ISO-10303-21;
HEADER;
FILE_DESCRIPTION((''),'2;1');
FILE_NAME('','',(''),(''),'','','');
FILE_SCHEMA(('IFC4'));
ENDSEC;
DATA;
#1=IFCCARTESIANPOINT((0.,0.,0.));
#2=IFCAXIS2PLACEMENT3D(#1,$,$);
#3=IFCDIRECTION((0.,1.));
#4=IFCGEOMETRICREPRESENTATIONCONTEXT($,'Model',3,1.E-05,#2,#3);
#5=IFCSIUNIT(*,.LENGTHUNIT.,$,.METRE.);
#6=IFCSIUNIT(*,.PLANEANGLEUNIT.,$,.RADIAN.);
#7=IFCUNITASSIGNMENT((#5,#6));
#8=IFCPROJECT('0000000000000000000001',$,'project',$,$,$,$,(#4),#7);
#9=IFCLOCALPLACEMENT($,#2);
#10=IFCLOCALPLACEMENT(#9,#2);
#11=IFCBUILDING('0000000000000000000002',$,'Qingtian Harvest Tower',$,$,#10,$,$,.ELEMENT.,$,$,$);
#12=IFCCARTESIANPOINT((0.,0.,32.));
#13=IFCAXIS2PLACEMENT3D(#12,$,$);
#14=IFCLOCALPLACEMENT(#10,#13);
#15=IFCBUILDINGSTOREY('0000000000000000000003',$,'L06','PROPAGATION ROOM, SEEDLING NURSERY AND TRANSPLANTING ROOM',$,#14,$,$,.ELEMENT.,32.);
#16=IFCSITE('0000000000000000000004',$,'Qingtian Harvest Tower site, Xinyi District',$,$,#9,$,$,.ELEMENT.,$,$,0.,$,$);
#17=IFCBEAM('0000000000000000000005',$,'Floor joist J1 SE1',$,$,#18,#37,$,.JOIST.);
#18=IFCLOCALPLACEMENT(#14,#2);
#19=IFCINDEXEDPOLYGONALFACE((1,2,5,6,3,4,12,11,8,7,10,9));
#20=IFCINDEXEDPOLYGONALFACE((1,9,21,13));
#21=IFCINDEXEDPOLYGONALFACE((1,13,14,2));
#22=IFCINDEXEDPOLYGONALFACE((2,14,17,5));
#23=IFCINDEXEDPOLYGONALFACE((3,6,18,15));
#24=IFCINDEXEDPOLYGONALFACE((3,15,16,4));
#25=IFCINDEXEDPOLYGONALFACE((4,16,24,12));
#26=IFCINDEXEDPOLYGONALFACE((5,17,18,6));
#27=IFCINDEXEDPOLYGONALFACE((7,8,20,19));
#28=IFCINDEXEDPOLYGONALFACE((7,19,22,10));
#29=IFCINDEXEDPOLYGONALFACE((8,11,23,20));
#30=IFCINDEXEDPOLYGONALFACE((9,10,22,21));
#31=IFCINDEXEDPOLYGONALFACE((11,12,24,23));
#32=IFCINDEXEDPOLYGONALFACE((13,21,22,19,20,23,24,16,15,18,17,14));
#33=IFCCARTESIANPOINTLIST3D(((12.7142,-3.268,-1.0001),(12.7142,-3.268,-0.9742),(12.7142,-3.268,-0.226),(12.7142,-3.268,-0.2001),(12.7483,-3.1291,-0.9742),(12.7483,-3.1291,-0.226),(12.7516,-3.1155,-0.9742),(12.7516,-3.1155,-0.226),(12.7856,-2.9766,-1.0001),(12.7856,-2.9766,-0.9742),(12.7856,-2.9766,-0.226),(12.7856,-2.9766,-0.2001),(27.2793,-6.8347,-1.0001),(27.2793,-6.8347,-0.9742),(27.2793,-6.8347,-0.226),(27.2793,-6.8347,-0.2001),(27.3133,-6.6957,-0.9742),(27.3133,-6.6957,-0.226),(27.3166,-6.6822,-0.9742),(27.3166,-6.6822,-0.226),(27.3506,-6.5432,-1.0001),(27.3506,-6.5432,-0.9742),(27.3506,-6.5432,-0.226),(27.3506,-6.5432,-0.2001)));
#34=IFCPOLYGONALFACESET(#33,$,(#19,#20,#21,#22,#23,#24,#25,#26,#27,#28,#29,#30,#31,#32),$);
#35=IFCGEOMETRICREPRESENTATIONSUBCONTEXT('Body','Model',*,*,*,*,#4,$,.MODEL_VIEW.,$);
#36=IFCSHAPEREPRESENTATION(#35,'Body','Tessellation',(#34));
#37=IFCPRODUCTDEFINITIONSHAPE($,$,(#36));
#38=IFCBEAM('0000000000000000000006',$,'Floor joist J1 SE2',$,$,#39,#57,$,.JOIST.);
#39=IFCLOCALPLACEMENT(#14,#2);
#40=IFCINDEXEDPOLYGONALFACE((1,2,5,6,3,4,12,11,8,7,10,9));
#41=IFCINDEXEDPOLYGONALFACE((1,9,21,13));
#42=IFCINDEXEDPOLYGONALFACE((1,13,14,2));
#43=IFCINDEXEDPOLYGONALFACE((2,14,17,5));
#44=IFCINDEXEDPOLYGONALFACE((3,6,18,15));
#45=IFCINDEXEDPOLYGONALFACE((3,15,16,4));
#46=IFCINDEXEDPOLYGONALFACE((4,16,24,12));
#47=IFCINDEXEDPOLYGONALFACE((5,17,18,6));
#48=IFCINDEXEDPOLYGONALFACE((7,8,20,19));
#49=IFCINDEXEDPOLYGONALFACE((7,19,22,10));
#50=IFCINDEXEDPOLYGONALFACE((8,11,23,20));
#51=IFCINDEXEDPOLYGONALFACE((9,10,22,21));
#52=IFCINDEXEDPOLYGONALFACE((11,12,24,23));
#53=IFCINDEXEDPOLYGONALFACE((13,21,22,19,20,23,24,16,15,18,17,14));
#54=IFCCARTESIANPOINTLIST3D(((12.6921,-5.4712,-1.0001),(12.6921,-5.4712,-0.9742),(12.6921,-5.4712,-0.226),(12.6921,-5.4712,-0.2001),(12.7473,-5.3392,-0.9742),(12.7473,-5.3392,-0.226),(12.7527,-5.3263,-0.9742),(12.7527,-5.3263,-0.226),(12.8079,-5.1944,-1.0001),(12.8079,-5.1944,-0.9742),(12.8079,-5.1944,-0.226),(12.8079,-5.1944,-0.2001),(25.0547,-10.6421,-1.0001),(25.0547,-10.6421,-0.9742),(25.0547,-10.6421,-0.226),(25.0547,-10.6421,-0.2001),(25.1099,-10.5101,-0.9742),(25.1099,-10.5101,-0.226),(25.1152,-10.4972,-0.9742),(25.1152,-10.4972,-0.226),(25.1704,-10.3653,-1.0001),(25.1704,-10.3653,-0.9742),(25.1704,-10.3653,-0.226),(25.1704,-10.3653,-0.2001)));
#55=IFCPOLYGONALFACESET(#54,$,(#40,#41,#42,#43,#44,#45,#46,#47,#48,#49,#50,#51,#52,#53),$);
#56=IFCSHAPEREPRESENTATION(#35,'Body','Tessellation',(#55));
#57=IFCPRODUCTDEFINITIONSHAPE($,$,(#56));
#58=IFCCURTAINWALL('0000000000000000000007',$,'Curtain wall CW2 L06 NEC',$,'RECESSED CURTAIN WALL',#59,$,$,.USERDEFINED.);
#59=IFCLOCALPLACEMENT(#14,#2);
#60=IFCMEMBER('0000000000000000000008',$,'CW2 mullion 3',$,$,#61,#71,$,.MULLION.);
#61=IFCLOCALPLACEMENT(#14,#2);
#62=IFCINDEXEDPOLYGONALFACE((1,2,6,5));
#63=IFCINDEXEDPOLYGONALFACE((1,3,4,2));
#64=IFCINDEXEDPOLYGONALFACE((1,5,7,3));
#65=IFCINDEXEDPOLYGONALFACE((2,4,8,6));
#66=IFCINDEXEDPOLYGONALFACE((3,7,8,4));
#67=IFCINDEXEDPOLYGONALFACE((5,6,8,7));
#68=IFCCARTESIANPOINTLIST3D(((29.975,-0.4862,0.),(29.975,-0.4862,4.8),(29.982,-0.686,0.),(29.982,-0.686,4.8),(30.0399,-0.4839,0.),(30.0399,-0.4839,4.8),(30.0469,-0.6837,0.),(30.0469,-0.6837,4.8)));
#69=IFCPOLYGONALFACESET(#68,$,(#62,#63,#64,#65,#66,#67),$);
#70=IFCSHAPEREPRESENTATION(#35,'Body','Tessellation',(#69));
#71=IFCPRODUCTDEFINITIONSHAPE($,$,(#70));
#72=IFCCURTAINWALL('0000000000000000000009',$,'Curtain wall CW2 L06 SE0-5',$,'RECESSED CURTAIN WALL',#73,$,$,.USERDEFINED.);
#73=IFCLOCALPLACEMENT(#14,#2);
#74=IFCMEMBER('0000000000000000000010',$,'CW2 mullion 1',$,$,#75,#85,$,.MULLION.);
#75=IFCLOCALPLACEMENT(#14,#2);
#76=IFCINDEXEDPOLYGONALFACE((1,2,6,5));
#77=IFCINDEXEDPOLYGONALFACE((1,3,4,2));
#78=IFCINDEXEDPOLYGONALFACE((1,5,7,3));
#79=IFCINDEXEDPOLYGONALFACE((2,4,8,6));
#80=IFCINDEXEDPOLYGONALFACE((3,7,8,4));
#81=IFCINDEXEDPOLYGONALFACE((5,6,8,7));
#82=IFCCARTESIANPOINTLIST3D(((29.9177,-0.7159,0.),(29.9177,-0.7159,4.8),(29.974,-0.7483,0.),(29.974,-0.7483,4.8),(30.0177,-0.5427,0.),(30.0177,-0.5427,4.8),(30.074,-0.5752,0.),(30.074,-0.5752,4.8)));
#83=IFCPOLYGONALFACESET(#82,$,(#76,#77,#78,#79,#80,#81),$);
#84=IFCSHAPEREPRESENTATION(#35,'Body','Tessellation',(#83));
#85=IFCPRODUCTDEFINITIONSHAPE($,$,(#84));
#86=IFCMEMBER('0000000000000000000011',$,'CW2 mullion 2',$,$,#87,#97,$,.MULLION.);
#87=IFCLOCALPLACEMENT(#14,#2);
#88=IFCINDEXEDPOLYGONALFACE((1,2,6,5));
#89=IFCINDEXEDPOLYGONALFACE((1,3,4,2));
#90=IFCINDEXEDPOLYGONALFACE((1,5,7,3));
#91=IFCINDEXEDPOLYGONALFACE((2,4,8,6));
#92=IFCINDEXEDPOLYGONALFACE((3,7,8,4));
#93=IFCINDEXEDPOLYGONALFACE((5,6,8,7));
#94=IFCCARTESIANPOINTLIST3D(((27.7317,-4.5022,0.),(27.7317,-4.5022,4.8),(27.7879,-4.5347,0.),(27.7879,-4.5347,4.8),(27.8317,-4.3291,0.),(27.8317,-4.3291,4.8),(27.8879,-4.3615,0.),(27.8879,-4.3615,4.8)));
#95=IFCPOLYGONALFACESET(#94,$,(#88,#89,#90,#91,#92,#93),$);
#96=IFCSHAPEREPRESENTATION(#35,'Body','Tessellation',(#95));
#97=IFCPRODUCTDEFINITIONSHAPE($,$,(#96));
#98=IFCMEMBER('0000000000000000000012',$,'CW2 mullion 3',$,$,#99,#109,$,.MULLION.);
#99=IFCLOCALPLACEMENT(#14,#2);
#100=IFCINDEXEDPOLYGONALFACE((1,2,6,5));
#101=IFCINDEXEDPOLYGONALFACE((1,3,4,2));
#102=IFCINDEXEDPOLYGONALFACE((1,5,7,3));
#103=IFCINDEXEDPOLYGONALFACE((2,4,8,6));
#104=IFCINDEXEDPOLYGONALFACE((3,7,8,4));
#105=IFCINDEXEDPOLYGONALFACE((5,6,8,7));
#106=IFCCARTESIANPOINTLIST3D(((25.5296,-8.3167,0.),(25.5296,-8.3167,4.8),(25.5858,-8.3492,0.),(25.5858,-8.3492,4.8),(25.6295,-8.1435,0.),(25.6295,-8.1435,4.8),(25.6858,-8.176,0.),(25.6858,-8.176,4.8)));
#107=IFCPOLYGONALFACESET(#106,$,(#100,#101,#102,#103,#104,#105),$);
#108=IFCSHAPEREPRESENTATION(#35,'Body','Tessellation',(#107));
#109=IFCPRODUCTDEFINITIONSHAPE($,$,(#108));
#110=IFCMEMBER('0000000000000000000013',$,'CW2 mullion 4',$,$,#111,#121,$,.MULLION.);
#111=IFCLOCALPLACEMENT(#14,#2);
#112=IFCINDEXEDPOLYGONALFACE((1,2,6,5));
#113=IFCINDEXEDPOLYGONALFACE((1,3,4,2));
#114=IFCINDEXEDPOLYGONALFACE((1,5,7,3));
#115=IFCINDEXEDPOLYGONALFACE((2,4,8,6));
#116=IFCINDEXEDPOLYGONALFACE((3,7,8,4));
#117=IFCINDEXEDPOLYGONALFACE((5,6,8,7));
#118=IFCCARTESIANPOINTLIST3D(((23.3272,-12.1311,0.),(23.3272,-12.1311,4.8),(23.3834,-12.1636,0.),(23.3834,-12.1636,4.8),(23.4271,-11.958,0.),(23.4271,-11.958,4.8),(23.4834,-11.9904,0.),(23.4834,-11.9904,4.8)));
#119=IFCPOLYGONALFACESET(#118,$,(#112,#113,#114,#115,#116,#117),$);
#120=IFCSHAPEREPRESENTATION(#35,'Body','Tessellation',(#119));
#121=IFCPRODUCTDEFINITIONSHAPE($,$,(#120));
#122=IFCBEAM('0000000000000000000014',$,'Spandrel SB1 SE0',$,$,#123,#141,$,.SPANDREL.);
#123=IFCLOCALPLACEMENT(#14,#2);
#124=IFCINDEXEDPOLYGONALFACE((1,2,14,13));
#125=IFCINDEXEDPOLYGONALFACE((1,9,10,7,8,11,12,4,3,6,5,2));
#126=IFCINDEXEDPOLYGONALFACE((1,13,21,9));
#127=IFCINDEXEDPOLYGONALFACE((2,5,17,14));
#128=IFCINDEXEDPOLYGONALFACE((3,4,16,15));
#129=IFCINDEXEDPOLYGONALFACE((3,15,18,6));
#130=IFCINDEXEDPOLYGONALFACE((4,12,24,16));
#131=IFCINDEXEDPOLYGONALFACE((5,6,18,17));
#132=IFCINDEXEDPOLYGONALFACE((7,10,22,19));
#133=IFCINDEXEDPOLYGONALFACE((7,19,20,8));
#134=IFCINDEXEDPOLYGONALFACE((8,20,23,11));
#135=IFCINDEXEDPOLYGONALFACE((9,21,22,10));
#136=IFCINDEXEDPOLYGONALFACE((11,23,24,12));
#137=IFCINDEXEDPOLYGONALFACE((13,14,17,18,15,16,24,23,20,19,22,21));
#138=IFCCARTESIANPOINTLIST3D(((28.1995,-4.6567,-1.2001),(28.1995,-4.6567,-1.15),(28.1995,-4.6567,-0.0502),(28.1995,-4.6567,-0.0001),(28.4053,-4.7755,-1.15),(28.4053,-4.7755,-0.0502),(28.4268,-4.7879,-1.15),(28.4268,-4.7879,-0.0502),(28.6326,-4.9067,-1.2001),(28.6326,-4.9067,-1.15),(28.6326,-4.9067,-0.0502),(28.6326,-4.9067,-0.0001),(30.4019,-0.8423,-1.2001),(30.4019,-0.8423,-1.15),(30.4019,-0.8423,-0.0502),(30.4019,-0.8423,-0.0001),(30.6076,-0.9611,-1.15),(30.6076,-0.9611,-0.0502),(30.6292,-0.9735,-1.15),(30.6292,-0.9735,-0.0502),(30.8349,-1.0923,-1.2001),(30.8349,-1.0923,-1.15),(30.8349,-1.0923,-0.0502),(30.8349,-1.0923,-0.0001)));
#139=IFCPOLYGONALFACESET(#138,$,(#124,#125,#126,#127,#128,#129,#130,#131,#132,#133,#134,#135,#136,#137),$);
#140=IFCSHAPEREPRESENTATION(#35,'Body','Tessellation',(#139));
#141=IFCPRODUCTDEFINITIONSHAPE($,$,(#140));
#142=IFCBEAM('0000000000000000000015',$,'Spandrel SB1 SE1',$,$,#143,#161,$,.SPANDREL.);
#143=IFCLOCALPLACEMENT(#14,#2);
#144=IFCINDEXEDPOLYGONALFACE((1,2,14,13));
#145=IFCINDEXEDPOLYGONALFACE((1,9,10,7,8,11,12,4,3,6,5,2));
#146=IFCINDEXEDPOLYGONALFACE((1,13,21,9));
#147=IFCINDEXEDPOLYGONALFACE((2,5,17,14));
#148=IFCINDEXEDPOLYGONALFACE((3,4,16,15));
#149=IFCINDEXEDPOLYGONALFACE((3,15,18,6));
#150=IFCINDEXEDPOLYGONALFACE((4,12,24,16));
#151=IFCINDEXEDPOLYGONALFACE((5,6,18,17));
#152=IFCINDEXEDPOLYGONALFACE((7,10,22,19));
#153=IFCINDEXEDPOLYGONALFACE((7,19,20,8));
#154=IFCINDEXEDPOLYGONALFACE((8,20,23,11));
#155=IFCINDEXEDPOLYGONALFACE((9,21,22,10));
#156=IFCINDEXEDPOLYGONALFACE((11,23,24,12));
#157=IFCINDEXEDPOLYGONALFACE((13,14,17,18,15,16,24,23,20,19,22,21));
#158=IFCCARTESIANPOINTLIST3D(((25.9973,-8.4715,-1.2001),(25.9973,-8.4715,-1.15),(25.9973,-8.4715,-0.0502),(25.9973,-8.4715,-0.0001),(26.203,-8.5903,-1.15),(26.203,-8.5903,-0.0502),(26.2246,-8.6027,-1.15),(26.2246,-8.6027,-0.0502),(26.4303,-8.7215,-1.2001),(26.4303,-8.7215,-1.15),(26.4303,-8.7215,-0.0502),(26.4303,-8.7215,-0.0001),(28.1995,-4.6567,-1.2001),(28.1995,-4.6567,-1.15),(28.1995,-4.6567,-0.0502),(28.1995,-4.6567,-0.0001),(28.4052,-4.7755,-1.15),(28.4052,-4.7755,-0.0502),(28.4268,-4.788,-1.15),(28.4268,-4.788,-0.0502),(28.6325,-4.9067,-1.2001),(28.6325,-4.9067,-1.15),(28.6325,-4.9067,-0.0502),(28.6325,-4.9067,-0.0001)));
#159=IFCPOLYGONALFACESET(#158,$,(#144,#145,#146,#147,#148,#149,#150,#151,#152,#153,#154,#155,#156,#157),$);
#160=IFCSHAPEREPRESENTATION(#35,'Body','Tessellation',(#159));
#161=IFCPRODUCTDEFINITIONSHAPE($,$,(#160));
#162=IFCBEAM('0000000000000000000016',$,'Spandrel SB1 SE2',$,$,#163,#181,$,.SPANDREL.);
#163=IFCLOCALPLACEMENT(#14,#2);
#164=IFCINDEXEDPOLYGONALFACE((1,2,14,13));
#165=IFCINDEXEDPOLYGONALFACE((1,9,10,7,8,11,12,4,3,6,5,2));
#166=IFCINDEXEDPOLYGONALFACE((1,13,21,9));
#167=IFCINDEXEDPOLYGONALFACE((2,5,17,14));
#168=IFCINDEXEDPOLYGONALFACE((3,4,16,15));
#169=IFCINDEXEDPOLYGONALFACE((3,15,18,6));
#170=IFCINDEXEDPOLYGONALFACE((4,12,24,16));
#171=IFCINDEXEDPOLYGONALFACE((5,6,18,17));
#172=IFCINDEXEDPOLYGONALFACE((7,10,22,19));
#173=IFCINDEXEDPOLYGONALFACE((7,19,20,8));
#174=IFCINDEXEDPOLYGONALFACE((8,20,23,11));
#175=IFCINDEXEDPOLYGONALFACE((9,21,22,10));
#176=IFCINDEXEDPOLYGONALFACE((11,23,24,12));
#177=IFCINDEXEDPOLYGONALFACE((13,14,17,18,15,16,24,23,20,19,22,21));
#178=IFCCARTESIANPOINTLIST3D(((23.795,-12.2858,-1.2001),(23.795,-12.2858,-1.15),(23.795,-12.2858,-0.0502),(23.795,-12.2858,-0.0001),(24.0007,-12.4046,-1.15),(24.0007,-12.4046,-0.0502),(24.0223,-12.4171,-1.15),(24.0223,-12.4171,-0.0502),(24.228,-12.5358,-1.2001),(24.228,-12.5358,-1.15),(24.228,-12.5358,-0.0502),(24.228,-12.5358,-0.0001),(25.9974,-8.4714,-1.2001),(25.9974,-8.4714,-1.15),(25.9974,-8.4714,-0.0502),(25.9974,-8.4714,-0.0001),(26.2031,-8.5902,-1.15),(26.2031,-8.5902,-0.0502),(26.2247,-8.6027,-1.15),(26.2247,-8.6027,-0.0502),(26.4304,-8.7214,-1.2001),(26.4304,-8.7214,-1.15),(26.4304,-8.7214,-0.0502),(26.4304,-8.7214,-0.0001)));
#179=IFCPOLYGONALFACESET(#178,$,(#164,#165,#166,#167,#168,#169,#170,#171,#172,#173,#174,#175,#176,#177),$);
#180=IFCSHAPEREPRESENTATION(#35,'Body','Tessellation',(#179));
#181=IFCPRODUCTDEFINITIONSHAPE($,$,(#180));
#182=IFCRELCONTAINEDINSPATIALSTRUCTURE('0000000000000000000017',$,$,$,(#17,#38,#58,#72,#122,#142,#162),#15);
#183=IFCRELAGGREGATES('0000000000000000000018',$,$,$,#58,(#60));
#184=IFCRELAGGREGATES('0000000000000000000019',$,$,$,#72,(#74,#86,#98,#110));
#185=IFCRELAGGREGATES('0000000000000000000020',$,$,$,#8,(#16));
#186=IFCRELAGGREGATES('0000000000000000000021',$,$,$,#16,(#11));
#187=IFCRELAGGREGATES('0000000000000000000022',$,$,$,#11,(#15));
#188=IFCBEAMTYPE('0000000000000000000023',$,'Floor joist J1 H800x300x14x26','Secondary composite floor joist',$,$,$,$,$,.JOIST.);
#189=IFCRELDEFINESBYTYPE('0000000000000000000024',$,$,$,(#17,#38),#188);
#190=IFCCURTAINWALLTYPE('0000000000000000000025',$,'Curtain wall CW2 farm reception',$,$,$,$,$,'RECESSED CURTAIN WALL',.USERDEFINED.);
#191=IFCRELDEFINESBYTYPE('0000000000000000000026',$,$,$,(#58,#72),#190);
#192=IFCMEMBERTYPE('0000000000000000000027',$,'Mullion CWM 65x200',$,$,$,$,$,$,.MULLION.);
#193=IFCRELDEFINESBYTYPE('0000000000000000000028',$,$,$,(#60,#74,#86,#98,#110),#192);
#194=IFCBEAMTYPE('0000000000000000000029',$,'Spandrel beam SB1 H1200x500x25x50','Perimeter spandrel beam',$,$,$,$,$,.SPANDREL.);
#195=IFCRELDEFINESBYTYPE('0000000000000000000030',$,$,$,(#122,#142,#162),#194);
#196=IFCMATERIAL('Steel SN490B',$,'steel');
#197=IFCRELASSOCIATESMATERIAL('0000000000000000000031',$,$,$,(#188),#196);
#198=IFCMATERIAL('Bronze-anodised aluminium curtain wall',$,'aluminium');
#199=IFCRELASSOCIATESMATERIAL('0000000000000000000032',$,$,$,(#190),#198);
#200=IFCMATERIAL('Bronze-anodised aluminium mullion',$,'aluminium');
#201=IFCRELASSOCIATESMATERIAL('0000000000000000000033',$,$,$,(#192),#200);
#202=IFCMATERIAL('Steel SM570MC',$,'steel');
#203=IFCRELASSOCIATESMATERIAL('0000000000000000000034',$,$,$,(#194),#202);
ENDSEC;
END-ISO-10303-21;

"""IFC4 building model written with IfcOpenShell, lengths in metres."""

from ifc_helpers import new_model, si_unit, direction, frame, origin, origin_2d, place, context, subcontext, project, spatial, rectangle, i_section, extrude, material, material_profile, profile_set, type_object, element, aggregate, save


model = new_model("IFC4")

# Units and contexts
model_context = context("Model", 3, precision=1e-05, world=origin(), true_north=direction((0.0, 1.0)))
body_context = subcontext(model_context, "Body", "Model", "MODEL_VIEW")
ifc_project = project(units=[si_unit("LENGTHUNIT", "METRE"), si_unit("PLANEANGLEUNIT", "RADIAN")], contexts=[model_context])

# Site, building, storey
site_placement = place(None, origin())
site = spatial("IfcSite", under=ifc_project, at=site_placement, Name="Qingtian Harvest Tower site, Xinyi District", CompositionType="ELEMENT", RefElevation=0.0)
building_placement = place(site_placement, origin())
building = spatial("IfcBuilding", under=site, at=building_placement, Name="Qingtian Harvest Tower", CompositionType="ELEMENT")
storey_placement = place(building_placement, frame((0.0, 0.0, 32.0)))
storey = spatial("IfcBuildingStorey", under=building, at=storey_placement, Name="L06", Description="PROPAGATION ROOM, SEEDLING NURSERY AND TRANSPLANTING ROOM", CompositionType="ELEMENT", Elevation=32.0)

# Beams
ifc_material_1 = material(Name="Steel SN490B", Category="steel")
ifc_material_profile_1 = material_profile(ifc_material_1, i_section(OverallWidth=0.3, OverallDepth=0.8, WebThickness=0.0139, FlangeThickness=0.0259, at=origin_2d()), Name="H800x300x14x26")
ifc_profile_set_1 = profile_set([ifc_material_profile_1], Name="Steel SN490B")
beam_type_1 = type_object("IfcBeamType", Name="Floor joist J1 H800x300x14x26", Description="Secondary composite floor joist", PredefinedType="JOIST", material=ifc_profile_set_1)
beam_1_placement = place(storey_placement, frame((27.3149, -6.689, -0.6001), z_axis=(-0.971302, 0.237851, 0.0), x_axis=(-0.237851, -0.971302, 0.0)))
element("IfcBeam", 1, at=beam_1_placement, inside=storey, type_object=beam_type_1, Name="Floor joist J1 SE1", PredefinedType="JOIST", context=body_context, shape_type="SweptSolid", body=[
    extrude(i_section(OverallWidth=0.3, OverallDepth=0.8, WebThickness=0.0139, FlangeThickness=0.0259, at=origin_2d()), origin(), (0.0, 0.0, 1.0), 14.9954),
])
beam_2_placement = place(storey_placement, frame((25.1125, -10.5037, -0.6001), z_axis=(-0.922551, 0.385876, 0.0), x_axis=(-0.385876, -0.922551, 0.0)))
element("IfcBeam", 2, at=beam_2_placement, inside=storey, type_object=beam_type_1, Name="Floor joist J1 SE2", PredefinedType="JOIST", context=body_context, shape_type="SweptSolid", body=[
    extrude(i_section(OverallWidth=0.3, OverallDepth=0.8, WebThickness=0.0139, FlangeThickness=0.0259, at=origin_2d()), origin(), (0.0, 0.0, 1.0), 13.4004),
])

# Curtain wall, member
ifc_material_2 = material(Name="Bronze-anodised aluminium curtain wall", Category="aluminium")
curtain_wall_type = type_object("IfcCurtainWallType", Name="Curtain wall CW2 farm reception", ElementType="RECESSED CURTAIN WALL", PredefinedType="USERDEFINED", material=ifc_material_2)
curtain_wall_1_placement = place(storey_placement, origin())
curtain_wall_1 = element("IfcCurtainWall", 3, at=curtain_wall_1_placement, inside=storey, type_object=curtain_wall_type, Name="Curtain wall CW2 L06 NEC", ObjectType="RECESSED CURTAIN WALL", PredefinedType="USERDEFINED")
ifc_material_3 = material(Name="Bronze-anodised aluminium mullion", Category="aluminium")
ifc_material_profile_2 = material_profile(ifc_material_3, rectangle(XDim=0.0649, YDim=0.2, at=origin_2d()), Name="AL 65x200")
ifc_profile_set_2 = profile_set([ifc_material_profile_2], Name="Bronze-anodised aluminium mullion")
member_type_1 = type_object("IfcMemberType", Name="Mullion CWM 65x200", PredefinedType="MULLION", material=ifc_profile_set_2)
member_1_placement = place(storey_placement, frame((30.011, -0.585, 0.0), z_axis=(0.0, 0.0, 1.0), x_axis=(0.999391, 0.034899, 0.0)))
member_1 = element("IfcMember", 4, at=member_1_placement, type_object=member_type_1, Name="CW2 mullion 3", PredefinedType="MULLION", context=body_context, shape_type="SweptSolid", body=[
    extrude(rectangle(XDim=0.0649, YDim=0.2, at=origin_2d()), origin(), (0.0, 0.0, 1.0), 4.8),
])
aggregate(curtain_wall_1, [member_1])

# Curtain wall, members
curtain_wall_2_placement = place(storey_placement, origin())
curtain_wall_2 = element("IfcCurtainWall", 5, at=curtain_wall_2_placement, inside=storey, type_object=curtain_wall_type, Name="Curtain wall CW2 L06 SE0-5", ObjectType="RECESSED CURTAIN WALL", PredefinedType="USERDEFINED")
member_2_placement = place(storey_placement, frame((29.9958, -0.6455, 0.0), z_axis=(0.0, 0.0, 1.0), x_axis=(0.866025, -0.5, 0.0)))
member_2 = element("IfcMember", 6, at=member_2_placement, type_object=member_type_1, Name="CW2 mullion 1", PredefinedType="MULLION", context=body_context, shape_type="SweptSolid", body=[
    extrude(rectangle(XDim=0.0649, YDim=0.2, at=origin_2d()), origin(), (0.0, 0.0, 1.0), 4.8),
])
member_3_placement = place(storey_placement, frame((27.8098, -4.4319, 0.0), z_axis=(0.0, 0.0, 1.0), x_axis=(0.866025, -0.5, 0.0)))
member_3 = element("IfcMember", 7, at=member_3_placement, type_object=member_type_1, Name="CW2 mullion 2", PredefinedType="MULLION", context=body_context, shape_type="SweptSolid", body=[
    extrude(rectangle(XDim=0.0649, YDim=0.2, at=origin_2d()), origin(), (0.0, 0.0, 1.0), 4.8),
])
member_4_placement = place(storey_placement, frame((25.6077, -8.2463, 0.0), z_axis=(0.0, 0.0, 1.0), x_axis=(0.866025, -0.5, 0.0)))
member_4 = element("IfcMember", 8, at=member_4_placement, type_object=member_type_1, Name="CW2 mullion 3", PredefinedType="MULLION", context=body_context, shape_type="SweptSolid", body=[
    extrude(rectangle(XDim=0.0649, YDim=0.2, at=origin_2d()), origin(), (0.0, 0.0, 1.0), 4.8),
])
member_5_placement = place(storey_placement, frame((23.4053, -12.0608, 0.0), z_axis=(0.0, 0.0, 1.0), x_axis=(0.866025, -0.5, 0.0)))
member_5 = element("IfcMember", 9, at=member_5_placement, type_object=member_type_1, Name="CW2 mullion 4", PredefinedType="MULLION", context=body_context, shape_type="SweptSolid", body=[
    extrude(rectangle(XDim=0.0649, YDim=0.2, at=origin_2d()), origin(), (0.0, 0.0, 1.0), 4.8),
])

# Beams
ifc_material_4 = material(Name="Steel SM570MC", Category="steel")
ifc_material_profile_3 = material_profile(ifc_material_4, i_section(OverallWidth=0.5, OverallDepth=1.2, WebThickness=0.0249, FlangeThickness=0.05, at=origin_2d()), Name="H1200x500x25x50")
ifc_profile_set_3 = profile_set([ifc_material_profile_3], Name="Steel SM570MC")
beam_type_2 = type_object("IfcBeamType", Name="Spandrel beam SB1 H1200x500x25x50", Description="Perimeter spandrel beam", PredefinedType="SPANDREL", material=ifc_profile_set_3)
beam_3_placement = place(storey_placement, frame((30.6184, -0.9673, -0.6001), z_axis=(-0.50002, -0.866014, 0.0), x_axis=(0.866014, -0.50002, 0.0)))
element("IfcBeam", 10, at=beam_3_placement, inside=storey, type_object=beam_type_2, Name="Spandrel SB1 SE0", PredefinedType="SPANDREL", context=body_context, shape_type="SweptSolid", body=[
    extrude(i_section(OverallWidth=0.5, OverallDepth=1.2, WebThickness=0.0249, FlangeThickness=0.05, at=origin_2d()), origin(), (0.0, 0.0, 1.0), 4.4045),
])
beam_4_placement = place(storey_placement, frame((28.416, -4.7817, -0.6001), z_axis=(-0.499954, -0.866052, 0.0), x_axis=(0.866052, -0.499954, 0.0)))
element("IfcBeam", 11, at=beam_4_placement, inside=storey, type_object=beam_type_2, Name="Spandrel SB1 SE1", PredefinedType="SPANDREL", context=body_context, shape_type="SweptSolid", body=[
    extrude(i_section(OverallWidth=0.5, OverallDepth=1.2, WebThickness=0.0249, FlangeThickness=0.05, at=origin_2d()), origin(), (0.0, 0.0, 1.0), 4.4048),
])
for number, where, z_axis, x_axis, name in (
    (12, (26.2139, -8.5964, -0.6001), (-0.50002, -0.866014, 0.0), (0.866014, -0.50002, 0.0), "Spandrel SB1 SE2"),
):
    element("IfcBeam", number, at=place(storey_placement, frame(where, z_axis=z_axis, x_axis=x_axis)), inside=storey, type_object=beam_type_2, Name=name, PredefinedType="SPANDREL", context=body_context, shape_type="SweptSolid", body=[
        extrude(i_section(OverallWidth=0.5, OverallDepth=1.2, WebThickness=0.0249, FlangeThickness=0.05, at=origin_2d()), origin(), (0.0, 0.0, 1.0), 4.4045),
    ])

aggregate(curtain_wall_2, [member_2, member_3, member_4, member_5])

save(model, "model.ifc")
